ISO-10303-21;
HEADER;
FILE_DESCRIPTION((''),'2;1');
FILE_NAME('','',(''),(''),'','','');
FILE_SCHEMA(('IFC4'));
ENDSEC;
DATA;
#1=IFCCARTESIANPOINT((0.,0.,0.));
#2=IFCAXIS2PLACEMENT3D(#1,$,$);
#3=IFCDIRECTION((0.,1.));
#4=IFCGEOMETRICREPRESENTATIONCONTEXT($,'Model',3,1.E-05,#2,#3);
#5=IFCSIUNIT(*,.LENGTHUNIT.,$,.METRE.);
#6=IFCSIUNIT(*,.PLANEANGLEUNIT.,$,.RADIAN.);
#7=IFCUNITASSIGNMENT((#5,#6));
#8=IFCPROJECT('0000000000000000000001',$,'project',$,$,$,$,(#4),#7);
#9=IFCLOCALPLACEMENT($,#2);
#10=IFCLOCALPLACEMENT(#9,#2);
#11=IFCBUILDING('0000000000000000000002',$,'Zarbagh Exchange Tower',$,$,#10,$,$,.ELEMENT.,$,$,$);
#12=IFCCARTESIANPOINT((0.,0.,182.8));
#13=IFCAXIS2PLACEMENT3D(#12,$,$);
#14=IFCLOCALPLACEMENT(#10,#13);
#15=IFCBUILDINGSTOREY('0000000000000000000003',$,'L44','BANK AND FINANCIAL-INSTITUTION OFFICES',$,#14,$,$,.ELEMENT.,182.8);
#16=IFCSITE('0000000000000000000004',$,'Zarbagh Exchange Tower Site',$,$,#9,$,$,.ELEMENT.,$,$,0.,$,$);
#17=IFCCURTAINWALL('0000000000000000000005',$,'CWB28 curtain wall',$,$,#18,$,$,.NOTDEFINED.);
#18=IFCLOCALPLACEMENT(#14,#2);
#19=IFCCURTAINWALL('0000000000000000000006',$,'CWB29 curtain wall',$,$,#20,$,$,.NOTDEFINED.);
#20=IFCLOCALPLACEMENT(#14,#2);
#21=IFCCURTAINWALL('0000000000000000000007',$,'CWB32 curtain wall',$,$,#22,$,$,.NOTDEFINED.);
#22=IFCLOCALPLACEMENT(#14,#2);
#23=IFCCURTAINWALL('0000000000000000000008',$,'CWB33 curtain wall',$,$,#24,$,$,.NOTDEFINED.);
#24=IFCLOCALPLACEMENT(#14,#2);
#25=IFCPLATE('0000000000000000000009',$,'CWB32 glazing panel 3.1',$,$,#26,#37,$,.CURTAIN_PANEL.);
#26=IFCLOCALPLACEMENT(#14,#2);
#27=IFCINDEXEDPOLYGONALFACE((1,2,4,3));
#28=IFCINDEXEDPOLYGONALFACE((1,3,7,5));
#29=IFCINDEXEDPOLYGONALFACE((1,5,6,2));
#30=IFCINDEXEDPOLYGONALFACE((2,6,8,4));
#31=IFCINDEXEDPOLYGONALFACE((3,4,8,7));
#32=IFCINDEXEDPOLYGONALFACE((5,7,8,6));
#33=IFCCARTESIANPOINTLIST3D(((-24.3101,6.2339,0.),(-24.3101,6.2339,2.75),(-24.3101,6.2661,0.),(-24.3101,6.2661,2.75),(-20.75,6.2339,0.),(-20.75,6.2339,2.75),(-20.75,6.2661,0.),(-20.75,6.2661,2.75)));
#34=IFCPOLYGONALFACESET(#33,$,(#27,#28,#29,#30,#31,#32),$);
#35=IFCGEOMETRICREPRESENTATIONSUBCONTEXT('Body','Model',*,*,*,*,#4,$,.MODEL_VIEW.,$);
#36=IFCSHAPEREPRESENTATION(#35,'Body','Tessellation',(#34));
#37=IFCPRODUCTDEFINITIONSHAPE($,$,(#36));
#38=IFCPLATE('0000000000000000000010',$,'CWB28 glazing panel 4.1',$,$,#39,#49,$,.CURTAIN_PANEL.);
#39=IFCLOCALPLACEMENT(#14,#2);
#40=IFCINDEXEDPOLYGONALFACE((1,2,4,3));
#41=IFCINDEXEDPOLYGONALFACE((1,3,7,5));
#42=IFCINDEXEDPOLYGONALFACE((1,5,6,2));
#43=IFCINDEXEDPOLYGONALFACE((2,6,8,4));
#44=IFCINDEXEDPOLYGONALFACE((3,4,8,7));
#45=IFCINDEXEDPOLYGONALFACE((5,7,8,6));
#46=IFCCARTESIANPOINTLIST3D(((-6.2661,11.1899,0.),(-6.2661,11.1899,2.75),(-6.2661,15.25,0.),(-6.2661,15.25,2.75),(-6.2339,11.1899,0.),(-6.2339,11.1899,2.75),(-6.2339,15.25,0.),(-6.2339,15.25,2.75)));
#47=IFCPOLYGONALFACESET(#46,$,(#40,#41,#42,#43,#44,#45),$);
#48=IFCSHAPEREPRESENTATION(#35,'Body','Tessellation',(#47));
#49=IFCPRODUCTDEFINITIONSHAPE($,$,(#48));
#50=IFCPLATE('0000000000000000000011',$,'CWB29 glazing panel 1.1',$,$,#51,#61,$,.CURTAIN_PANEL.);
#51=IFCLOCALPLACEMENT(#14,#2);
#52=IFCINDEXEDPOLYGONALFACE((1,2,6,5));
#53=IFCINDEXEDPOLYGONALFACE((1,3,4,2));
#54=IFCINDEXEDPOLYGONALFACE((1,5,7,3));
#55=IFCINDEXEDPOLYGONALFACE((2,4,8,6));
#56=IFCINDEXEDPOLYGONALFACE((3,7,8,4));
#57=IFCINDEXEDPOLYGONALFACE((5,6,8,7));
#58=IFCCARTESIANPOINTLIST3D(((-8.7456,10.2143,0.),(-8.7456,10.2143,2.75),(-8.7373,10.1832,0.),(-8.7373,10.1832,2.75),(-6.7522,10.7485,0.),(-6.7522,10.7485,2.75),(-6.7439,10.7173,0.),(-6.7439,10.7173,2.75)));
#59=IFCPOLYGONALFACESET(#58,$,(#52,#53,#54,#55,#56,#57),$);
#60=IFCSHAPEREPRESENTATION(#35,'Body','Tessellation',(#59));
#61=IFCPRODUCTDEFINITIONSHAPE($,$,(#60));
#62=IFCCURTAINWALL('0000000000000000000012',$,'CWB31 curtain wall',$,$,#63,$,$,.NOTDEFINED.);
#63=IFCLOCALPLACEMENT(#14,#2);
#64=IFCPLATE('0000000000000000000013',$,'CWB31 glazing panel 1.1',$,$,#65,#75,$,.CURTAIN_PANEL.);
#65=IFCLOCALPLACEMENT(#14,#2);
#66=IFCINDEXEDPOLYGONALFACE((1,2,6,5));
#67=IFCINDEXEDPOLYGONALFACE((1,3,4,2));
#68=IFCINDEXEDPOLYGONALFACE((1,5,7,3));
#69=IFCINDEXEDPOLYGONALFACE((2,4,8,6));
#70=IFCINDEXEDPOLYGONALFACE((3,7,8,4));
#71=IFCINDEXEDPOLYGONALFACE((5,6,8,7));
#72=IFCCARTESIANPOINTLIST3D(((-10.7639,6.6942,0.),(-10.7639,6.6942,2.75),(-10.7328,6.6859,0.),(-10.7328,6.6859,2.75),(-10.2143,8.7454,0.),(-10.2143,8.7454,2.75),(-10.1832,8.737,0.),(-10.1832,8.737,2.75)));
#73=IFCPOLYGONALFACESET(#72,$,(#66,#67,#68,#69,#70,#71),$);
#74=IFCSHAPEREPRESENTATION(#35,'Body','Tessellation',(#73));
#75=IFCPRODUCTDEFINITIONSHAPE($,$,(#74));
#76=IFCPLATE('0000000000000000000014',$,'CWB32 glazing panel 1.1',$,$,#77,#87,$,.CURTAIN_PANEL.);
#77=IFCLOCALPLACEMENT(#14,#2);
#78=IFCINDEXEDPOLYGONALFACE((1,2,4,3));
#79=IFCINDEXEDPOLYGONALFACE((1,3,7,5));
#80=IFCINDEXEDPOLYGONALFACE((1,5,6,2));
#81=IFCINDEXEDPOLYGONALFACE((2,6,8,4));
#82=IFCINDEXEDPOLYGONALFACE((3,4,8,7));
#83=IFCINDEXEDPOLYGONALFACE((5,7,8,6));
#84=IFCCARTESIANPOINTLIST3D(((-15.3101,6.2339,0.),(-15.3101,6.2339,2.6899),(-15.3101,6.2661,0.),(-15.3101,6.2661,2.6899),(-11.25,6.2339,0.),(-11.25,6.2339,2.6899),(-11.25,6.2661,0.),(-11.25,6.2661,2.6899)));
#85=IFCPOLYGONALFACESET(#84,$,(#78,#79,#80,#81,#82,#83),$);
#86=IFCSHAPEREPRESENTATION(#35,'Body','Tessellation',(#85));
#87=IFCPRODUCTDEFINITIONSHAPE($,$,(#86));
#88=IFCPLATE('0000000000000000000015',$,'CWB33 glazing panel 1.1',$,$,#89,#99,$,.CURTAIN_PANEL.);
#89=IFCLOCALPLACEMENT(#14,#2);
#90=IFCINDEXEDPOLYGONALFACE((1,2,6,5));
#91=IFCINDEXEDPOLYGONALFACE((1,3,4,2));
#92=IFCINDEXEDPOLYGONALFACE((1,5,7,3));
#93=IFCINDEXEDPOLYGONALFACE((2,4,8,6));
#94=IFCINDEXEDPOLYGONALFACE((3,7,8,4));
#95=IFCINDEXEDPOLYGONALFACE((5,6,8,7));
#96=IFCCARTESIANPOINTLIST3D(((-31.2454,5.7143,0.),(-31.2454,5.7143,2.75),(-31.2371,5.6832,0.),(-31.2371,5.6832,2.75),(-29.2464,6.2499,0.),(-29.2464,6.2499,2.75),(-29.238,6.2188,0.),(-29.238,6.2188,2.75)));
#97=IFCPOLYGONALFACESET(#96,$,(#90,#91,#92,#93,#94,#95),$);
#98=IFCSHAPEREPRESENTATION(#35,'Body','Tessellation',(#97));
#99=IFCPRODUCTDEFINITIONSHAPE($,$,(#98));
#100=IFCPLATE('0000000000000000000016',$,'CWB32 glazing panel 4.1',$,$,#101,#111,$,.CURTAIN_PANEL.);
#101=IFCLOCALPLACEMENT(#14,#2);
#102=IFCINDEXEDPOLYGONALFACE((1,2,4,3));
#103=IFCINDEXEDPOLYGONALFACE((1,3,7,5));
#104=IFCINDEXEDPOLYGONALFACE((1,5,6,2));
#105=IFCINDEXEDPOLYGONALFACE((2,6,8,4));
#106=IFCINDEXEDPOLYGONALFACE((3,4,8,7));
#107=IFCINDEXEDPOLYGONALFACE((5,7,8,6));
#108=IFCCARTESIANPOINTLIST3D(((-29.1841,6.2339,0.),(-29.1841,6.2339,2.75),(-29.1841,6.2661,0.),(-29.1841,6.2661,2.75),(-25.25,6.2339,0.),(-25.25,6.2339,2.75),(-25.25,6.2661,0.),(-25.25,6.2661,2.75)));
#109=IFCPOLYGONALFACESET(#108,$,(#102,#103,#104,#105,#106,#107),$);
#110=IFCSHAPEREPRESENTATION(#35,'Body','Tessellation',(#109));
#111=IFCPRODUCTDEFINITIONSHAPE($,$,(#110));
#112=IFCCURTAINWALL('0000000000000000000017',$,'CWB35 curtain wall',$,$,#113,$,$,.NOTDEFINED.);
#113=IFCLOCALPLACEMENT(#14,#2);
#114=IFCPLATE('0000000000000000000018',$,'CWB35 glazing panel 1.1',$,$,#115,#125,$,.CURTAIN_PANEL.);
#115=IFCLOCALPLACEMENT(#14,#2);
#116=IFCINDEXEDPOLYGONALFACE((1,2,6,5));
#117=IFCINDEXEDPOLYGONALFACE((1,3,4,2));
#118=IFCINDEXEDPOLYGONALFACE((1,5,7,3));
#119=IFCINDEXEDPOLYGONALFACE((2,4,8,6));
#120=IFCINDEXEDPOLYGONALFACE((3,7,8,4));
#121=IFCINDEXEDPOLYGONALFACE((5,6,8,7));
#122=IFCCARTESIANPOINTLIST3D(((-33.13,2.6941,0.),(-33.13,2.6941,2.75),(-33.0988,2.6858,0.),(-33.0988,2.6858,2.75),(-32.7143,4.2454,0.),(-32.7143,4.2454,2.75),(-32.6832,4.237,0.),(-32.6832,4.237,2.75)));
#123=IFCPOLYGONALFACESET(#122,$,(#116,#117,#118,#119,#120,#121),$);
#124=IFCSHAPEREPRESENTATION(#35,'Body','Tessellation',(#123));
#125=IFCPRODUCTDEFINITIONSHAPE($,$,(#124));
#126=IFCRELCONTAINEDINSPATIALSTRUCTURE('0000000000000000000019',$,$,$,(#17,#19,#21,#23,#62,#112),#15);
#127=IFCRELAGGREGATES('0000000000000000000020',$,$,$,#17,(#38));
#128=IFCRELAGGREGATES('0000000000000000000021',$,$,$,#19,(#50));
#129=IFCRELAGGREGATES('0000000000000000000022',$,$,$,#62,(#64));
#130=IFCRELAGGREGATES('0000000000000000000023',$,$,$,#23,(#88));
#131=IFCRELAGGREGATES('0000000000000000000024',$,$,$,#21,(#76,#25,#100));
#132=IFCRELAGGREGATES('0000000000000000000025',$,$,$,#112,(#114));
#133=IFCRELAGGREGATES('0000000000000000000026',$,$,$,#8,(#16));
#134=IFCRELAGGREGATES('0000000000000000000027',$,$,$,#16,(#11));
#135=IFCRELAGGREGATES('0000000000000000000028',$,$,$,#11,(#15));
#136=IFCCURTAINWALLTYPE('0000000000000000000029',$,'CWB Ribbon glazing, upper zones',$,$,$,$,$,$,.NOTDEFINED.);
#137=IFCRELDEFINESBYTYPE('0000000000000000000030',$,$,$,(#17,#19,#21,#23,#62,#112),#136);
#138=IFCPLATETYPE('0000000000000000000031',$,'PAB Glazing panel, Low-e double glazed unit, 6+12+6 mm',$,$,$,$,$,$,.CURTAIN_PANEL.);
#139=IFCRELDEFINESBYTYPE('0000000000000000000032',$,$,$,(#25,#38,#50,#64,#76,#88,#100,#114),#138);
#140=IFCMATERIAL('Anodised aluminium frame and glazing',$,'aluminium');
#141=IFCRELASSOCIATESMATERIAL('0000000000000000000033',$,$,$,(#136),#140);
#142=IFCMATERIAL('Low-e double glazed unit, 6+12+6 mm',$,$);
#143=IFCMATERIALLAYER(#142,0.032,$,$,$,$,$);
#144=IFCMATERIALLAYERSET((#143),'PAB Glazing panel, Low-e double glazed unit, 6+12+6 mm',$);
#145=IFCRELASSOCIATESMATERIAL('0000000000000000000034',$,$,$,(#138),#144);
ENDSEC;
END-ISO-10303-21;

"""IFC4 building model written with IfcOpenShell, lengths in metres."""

from ifc_helpers import new_model, si_unit, direction, frame, origin, place, context, subcontext, project, spatial, polyline, outline, extrude, source, transform, mapped, material, layer, layer_set, type_object, element, aggregate, save


model = new_model("IFC4")

# Units and contexts
model_context = context("Model", 3, precision=1e-05, world=origin(), true_north=direction((0.0, 1.0)))
body_context = subcontext(model_context, "Body", "Model", "MODEL_VIEW")
ifc_project = project(units=[si_unit("LENGTHUNIT", "METRE"), si_unit("PLANEANGLEUNIT", "RADIAN")], contexts=[model_context])

# Site, building, storey
site_placement = place(None, origin())
site = spatial("IfcSite", under=ifc_project, at=site_placement, Name="Zarbagh Exchange Tower Site", CompositionType="ELEMENT", RefElevation=0.0)
building_placement = place(site_placement, origin())
building = spatial("IfcBuilding", under=site, at=building_placement, Name="Zarbagh Exchange Tower", CompositionType="ELEMENT")
storey_placement = place(building_placement, frame((0.0, 0.0, 182.8)))
storey = spatial("IfcBuildingStorey", under=building, at=storey_placement, Name="L44", Description="BANK AND FINANCIAL-INSTITUTION OFFICES", CompositionType="ELEMENT", Elevation=182.8)

# Curtain wall
ifc_material_1 = material(Name="Anodised aluminium frame and glazing", Category="aluminium")
curtain_wall_type = type_object("IfcCurtainWallType", Name="CWB Ribbon glazing, upper zones", PredefinedType="NOTDEFINED", material=ifc_material_1)
curtain_wall_1_placement = place(storey_placement, origin())
curtain_wall_1 = element("IfcCurtainWall", 1, at=curtain_wall_1_placement, inside=storey, type_object=curtain_wall_type, Name="CWB28 curtain wall", PredefinedType="NOTDEFINED")
placement = place(storey_placement, origin())

# Curtain wall
curtain_wall_2_placement = place(storey_placement, origin())
curtain_wall_2 = element("IfcCurtainWall", 2, at=curtain_wall_2_placement, inside=storey, type_object=curtain_wall_type, Name="CWB29 curtain wall", PredefinedType="NOTDEFINED")

# Curtain wall
curtain_wall_3_placement = place(storey_placement, origin())
curtain_wall_3 = element("IfcCurtainWall", 3, at=curtain_wall_3_placement, inside=storey, type_object=curtain_wall_type, Name="CWB32 curtain wall", PredefinedType="NOTDEFINED")

# Curtain wall
curtain_wall_4_placement = place(storey_placement, origin())
curtain_wall_4 = element("IfcCurtainWall", 4, at=curtain_wall_4_placement, inside=storey, type_object=curtain_wall_type, Name="CWB33 curtain wall", PredefinedType="NOTDEFINED")

# Shared definitions
ifc_material_2 = material(Name="Low-e double glazed unit, 6+12+6 mm")
ifc_layer = layer(ifc_material_2, 0.032)
ifc_layer_set = layer_set([ifc_layer], Name="PAB Glazing panel, Low-e double glazed unit, 6+12+6 mm")
plate_type = type_object("IfcPlateType", Name="PAB Glazing panel, Low-e double glazed unit, 6+12+6 mm", PredefinedType="CURTAIN_PANEL", material=ifc_layer_set)

# Plates
shared_shape_1 = source(origin(), body_context, "Body", "SweptSolid", [
    extrude(outline(polyline([(0.0, -0.0161), (3.5601, -0.0161), (3.5601, 0.0161), (0.0, 0.0161), (0.0, -0.0161)])), origin(), (0.0, 0.0, 1.0), 2.75),
])
plate_1 = element("IfcPlate", 5, at=placement, type_object=plate_type, Name="CWB32 glazing panel 3.1", PredefinedType="CURTAIN_PANEL", context=body_context, shape_type="MappedRepresentation", body=[
    mapped(shared_shape_1, transform((-20.75, 6.25, 0.0), x_axis=(-1.0, 0.0, 0.0), y_axis=(0.0, -1.0, 0.0), z_axis=(0.0, 0.0, 1.0))),
])
shared_shape_2 = source(origin(), body_context, "Body", "SweptSolid", [
    extrude(outline(polyline([(0.0, -0.0161), (4.0601, -0.0161), (4.0601, 0.0161), (0.0, 0.0161), (0.0, -0.0161)])), origin(), (0.0, 0.0, 1.0), 2.75),
])
plate_2 = element("IfcPlate", 6, at=placement, type_object=plate_type, Name="CWB28 glazing panel 4.1", PredefinedType="CURTAIN_PANEL", context=body_context, shape_type="MappedRepresentation", body=[
    mapped(shared_shape_2, transform((-6.25, 15.25, 0.0), x_axis=(0.0, -1.0, 0.0), y_axis=(1.0, 0.0, 0.0), z_axis=(0.0, 0.0, 1.0))),
])
aggregate(curtain_wall_1, [plate_2])
shared_shape_3 = source(origin(), body_context, "Body", "SweptSolid", [
    extrude(outline(polyline([(0.0, -0.0161), (2.0637, -0.0161), (2.0637, 0.0161), (0.0, 0.0161), (0.0, -0.0161)])), origin(), (0.0, 0.0, 1.0), 2.75),
])
plate_3 = element("IfcPlate", 7, at=placement, type_object=plate_type, Name="CWB29 glazing panel 1.1", PredefinedType="CURTAIN_PANEL", context=body_context, shape_type="MappedRepresentation", body=[
    mapped(shared_shape_3, transform((-6.748, 10.7329, 0.0), x_axis=(-0.965924, -0.258825, 0.0), y_axis=(0.258825, -0.965924, 0.0), z_axis=(0.0, 0.0, 1.0))),
])
aggregate(curtain_wall_2, [plate_3])

# Curtain wall, plate
curtain_wall_5_placement = place(storey_placement, origin())
curtain_wall_5 = element("IfcCurtainWall", 8, at=curtain_wall_5_placement, inside=storey, type_object=curtain_wall_type, Name="CWB31 curtain wall", PredefinedType="NOTDEFINED")
shared_shape_4 = source(origin(), body_context, "Body", "SweptSolid", [
    extrude(outline(polyline([(0.0, -0.0161), (2.1235, -0.0161), (2.1235, 0.0161), (0.0, 0.0161), (0.0, -0.0161)])), origin(), (0.0, 0.0, 1.0), 2.75),
])
plate_4 = element("IfcPlate", 9, at=placement, type_object=plate_type, Name="CWB31 glazing panel 1.1", PredefinedType="CURTAIN_PANEL", context=body_context, shape_type="MappedRepresentation", body=[
    mapped(shared_shape_4, transform((-10.1987, 8.7412, 0.0), x_axis=(-0.258825, -0.965924, 0.0), y_axis=(0.965924, -0.258825, 0.0), z_axis=(0.0, 0.0, 1.0))),
])
aggregate(curtain_wall_5, [plate_4])

# Plates
shared_shape_5 = source(origin(), body_context, "Body", "SweptSolid", [
    extrude(outline(polyline([(0.0, -0.0161), (4.0601, -0.0161), (4.0601, 0.0161), (0.0, 0.0161), (0.0, -0.0161)])), origin(), (0.0, 0.0, 1.0), 2.6899),
])
plate_5 = element("IfcPlate", 10, at=placement, type_object=plate_type, Name="CWB32 glazing panel 1.1", PredefinedType="CURTAIN_PANEL", context=body_context, shape_type="MappedRepresentation", body=[
    mapped(shared_shape_5, transform((-11.25, 6.25, 0.0), x_axis=(-1.0, 0.0, 0.0), y_axis=(0.0, -1.0, 0.0), z_axis=(0.0, 0.0, 1.0))),
])
shared_shape_6 = source(origin(), body_context, "Body", "SweptSolid", [
    extrude(outline(polyline([(0.0, -0.0161), (2.0696, -0.0161), (2.0696, 0.0161), (0.0, 0.0161), (0.0, -0.0161)])), origin(), (0.0, 0.0, 1.0), 2.75),
])
plate_6 = element("IfcPlate", 11, at=placement, type_object=plate_type, Name="CWB33 glazing panel 1.1", PredefinedType="CURTAIN_PANEL", context=body_context, shape_type="MappedRepresentation", body=[
    mapped(shared_shape_6, transform((-29.2422, 6.2344, 0.0), x_axis=(-0.965924, -0.258825, 0.0), y_axis=(0.258825, -0.965924, 0.0), z_axis=(0.0, 0.0, 1.0))),
])
aggregate(curtain_wall_4, [plate_6])
shared_shape_7 = source(origin(), body_context, "Body", "SweptSolid", [
    extrude(outline(polyline([(0.0, -0.0161), (3.9341, -0.0161), (3.9341, 0.0161), (0.0, 0.0161), (0.0, -0.0161)])), origin(), (0.0, 0.0, 1.0), 2.75),
])
plate_7 = element("IfcPlate", 12, at=placement, type_object=plate_type, Name="CWB32 glazing panel 4.1", PredefinedType="CURTAIN_PANEL", context=body_context, shape_type="MappedRepresentation", body=[
    mapped(shared_shape_7, transform((-25.25, 6.25, 0.0), x_axis=(-1.0, 0.0, 0.0), y_axis=(0.0, -1.0, 0.0), z_axis=(0.0, 0.0, 1.0))),
])
aggregate(curtain_wall_3, [plate_5, plate_1, plate_7])

# Curtain wall, plate
curtain_wall_6_placement = place(storey_placement, origin())
curtain_wall_6 = element("IfcCurtainWall", 13, at=curtain_wall_6_placement, inside=storey, type_object=curtain_wall_type, Name="CWB35 curtain wall", PredefinedType="NOTDEFINED")
shared_shape_8 = source(origin(), body_context, "Body", "SweptSolid", [
    extrude(outline(polyline([(0.0, -0.0161), (1.606, -0.0161), (1.606, 0.0161), (0.0, 0.0161), (0.0, -0.0161)])), origin(), (0.0, 0.0, 1.0), 2.75),
])
plate_8 = element("IfcPlate", 14, at=placement, type_object=plate_type, Name="CWB35 glazing panel 1.1", PredefinedType="CURTAIN_PANEL", context=body_context, shape_type="MappedRepresentation", body=[
    mapped(shared_shape_8, transform((-32.6987, 4.2412, 0.0), x_axis=(-0.258825, -0.965924, 0.0), y_axis=(0.965924, -0.258825, 0.0), z_axis=(0.0, 0.0, 1.0))),
])
aggregate(curtain_wall_6, [plate_8])

save(model, "model.ifc")
